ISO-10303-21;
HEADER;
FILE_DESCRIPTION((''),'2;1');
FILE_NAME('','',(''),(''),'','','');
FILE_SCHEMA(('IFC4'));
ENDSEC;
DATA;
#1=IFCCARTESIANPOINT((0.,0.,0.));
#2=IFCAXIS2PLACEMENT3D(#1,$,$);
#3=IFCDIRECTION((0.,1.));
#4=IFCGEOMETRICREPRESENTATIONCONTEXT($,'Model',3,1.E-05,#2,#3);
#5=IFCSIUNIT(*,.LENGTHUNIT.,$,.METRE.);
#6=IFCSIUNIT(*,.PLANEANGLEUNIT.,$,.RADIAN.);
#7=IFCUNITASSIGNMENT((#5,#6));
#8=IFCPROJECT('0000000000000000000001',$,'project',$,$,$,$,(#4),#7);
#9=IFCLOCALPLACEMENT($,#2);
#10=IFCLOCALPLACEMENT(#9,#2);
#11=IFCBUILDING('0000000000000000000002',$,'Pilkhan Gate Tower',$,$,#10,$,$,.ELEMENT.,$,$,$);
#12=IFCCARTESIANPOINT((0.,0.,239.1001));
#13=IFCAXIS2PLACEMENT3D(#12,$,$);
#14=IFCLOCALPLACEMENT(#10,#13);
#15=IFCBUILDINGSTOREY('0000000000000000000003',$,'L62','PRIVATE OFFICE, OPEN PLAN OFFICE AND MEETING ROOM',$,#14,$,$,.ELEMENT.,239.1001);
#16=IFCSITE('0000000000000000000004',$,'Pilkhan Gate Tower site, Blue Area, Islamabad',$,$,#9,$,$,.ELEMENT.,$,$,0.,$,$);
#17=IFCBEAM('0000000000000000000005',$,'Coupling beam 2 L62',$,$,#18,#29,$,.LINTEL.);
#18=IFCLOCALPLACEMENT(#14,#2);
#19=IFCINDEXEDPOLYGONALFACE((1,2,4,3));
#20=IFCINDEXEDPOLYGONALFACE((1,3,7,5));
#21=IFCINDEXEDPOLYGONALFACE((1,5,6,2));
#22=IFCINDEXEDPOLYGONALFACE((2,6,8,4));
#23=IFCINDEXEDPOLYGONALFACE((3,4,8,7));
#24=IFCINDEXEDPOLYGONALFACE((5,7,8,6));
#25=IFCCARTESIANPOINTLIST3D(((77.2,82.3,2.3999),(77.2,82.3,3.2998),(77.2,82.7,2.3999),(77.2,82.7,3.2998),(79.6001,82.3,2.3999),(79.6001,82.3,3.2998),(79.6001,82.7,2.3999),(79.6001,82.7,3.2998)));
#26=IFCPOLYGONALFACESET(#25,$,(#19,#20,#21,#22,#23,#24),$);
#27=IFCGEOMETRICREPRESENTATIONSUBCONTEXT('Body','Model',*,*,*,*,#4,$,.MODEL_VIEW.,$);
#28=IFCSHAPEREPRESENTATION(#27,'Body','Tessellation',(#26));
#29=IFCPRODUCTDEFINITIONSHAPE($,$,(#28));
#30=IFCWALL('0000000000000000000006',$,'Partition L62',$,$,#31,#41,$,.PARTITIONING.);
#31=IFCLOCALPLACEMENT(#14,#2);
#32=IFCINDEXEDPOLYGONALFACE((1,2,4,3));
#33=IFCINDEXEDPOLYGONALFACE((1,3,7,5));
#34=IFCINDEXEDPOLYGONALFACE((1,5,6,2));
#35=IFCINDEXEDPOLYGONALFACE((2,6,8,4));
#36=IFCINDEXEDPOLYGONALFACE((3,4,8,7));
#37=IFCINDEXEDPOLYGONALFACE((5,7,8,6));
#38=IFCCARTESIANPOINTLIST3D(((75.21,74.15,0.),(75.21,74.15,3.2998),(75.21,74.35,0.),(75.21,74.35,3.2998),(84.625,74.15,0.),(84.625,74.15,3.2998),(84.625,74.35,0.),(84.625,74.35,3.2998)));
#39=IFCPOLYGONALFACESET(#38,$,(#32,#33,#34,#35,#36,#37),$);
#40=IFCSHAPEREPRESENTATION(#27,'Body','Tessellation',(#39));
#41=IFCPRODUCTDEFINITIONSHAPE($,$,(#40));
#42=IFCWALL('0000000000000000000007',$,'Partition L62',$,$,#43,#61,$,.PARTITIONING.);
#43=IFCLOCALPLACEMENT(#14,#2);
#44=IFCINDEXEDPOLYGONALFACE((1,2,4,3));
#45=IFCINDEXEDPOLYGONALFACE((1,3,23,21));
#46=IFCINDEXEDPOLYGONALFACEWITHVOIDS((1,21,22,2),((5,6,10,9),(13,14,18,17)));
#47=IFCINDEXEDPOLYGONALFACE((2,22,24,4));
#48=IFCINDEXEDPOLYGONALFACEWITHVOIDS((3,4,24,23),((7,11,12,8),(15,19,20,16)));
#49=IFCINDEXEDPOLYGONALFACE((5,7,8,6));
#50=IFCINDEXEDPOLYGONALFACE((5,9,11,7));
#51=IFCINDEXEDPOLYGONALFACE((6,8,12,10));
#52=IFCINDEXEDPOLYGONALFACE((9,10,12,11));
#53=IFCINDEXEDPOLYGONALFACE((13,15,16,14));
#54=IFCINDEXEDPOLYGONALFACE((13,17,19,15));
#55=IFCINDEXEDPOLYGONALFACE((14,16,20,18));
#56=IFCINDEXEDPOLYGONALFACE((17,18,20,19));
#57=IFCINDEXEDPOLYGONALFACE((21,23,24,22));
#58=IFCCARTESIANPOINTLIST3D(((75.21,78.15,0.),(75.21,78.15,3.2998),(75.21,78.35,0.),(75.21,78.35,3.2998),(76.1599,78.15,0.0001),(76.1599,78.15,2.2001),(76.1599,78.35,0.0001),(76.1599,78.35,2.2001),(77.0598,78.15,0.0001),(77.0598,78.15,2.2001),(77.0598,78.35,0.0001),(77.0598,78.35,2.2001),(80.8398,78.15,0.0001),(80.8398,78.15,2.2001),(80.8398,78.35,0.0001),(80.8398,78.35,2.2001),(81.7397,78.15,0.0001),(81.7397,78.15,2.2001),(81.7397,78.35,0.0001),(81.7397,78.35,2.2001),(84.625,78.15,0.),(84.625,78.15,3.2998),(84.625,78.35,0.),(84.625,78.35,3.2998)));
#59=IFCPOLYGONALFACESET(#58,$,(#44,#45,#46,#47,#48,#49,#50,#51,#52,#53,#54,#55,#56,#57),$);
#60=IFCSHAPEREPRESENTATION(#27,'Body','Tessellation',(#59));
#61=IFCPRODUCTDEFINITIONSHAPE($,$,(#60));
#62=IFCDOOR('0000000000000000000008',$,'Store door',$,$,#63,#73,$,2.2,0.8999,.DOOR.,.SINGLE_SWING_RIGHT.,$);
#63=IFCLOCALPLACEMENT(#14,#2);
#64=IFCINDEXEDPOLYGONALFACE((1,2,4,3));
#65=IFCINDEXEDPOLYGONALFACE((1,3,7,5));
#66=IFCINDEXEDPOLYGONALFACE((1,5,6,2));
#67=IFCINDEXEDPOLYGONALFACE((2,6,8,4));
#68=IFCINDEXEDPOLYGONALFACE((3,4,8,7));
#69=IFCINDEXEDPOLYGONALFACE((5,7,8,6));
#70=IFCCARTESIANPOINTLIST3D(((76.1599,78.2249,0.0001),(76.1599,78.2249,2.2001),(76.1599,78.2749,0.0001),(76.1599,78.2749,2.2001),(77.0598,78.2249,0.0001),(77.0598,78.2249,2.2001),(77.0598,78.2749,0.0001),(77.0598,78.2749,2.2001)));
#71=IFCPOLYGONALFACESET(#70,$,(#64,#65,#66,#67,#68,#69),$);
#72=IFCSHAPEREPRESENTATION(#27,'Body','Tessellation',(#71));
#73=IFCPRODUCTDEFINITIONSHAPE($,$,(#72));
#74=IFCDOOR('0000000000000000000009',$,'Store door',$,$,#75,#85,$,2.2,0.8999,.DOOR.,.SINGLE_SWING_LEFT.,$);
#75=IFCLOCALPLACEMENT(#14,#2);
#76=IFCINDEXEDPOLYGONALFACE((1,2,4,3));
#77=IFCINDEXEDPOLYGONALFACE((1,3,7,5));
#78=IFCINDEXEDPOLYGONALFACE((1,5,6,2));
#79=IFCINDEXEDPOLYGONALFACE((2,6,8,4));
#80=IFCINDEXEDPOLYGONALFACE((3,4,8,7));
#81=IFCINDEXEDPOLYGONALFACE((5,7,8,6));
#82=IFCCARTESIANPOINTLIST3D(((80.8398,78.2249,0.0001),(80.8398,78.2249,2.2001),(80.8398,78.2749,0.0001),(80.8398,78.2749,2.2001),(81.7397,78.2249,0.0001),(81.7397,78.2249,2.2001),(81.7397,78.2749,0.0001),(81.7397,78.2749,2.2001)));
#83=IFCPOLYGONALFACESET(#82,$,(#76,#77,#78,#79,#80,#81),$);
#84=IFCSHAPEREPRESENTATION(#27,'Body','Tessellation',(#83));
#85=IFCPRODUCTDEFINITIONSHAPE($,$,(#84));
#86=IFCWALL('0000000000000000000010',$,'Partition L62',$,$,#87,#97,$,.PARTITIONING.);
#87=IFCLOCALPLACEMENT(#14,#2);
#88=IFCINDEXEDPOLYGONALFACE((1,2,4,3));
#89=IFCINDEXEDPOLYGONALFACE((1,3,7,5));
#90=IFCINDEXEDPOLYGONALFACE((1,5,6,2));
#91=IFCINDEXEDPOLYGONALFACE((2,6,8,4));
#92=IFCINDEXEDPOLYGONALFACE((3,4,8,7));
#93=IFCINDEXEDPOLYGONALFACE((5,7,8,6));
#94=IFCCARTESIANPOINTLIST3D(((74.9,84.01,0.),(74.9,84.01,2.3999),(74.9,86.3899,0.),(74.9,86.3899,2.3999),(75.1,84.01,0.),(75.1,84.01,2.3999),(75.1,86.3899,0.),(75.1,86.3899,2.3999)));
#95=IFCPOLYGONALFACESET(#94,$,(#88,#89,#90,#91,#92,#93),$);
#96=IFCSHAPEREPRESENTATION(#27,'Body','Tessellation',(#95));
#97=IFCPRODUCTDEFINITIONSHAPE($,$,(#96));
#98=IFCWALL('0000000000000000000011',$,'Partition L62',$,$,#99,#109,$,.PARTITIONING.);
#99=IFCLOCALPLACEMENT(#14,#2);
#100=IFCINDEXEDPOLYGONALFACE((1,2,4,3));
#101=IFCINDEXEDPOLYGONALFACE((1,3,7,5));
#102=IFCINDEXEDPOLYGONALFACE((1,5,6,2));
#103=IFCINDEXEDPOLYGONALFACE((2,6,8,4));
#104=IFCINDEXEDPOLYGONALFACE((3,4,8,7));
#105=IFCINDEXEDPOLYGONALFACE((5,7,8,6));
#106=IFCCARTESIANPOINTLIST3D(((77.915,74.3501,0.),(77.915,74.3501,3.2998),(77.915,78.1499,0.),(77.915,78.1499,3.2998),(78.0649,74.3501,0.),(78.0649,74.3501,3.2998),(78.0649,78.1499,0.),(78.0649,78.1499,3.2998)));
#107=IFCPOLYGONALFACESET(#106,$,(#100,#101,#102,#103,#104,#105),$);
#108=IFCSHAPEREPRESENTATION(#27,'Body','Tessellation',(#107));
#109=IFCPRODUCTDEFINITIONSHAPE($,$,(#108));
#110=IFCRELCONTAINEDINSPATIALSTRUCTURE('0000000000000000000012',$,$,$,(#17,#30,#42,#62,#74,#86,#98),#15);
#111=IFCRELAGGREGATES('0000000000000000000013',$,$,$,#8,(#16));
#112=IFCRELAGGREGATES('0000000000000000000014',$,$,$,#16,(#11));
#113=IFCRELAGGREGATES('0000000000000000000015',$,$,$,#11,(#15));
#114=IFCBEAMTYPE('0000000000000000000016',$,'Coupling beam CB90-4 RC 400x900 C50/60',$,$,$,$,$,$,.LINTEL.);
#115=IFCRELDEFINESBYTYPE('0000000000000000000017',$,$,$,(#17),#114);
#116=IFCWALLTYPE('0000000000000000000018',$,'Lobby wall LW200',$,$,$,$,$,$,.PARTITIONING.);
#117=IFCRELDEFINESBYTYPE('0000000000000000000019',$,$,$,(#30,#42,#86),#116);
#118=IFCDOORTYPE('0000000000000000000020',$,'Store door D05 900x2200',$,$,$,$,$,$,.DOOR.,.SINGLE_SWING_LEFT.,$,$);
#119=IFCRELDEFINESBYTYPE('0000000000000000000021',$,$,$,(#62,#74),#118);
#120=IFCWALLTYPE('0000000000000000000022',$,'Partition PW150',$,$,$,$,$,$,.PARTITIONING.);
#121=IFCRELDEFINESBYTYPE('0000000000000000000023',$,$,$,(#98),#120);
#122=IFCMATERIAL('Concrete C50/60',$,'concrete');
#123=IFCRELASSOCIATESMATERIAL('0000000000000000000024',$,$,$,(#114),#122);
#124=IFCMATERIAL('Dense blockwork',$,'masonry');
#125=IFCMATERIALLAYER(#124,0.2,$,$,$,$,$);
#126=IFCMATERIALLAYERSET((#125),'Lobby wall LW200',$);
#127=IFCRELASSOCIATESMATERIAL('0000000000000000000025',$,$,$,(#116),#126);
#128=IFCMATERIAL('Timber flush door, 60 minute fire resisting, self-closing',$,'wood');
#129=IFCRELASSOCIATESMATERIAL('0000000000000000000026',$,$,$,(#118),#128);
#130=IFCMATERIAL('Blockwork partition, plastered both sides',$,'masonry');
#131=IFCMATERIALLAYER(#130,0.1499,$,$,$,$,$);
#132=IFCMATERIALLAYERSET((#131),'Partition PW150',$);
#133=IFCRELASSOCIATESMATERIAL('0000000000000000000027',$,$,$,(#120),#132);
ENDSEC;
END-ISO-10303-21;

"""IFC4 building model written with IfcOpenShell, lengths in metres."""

from ifc_helpers import new_model, si_unit, direction, frame, frame_2d, origin, origin_2d, place, context, subcontext, project, spatial, rectangle, extrude, material, layer, layer_set, material_profile, profile_set, type_object, element, fill, save


model = new_model("IFC4")

# Units and contexts
model_context = context("Model", 3, precision=1e-05, world=origin(), true_north=direction((0.0, 1.0)))
body_context = subcontext(model_context, "Body", "Model", "MODEL_VIEW")
ifc_project = project(units=[si_unit("LENGTHUNIT", "METRE"), si_unit("PLANEANGLEUNIT", "RADIAN")], contexts=[model_context])

# Site, building, storey
site_placement = place(None, origin())
site = spatial("IfcSite", under=ifc_project, at=site_placement, Name="Pilkhan Gate Tower site, Blue Area, Islamabad", CompositionType="ELEMENT", RefElevation=0.0)
building_placement = place(site_placement, origin())
building = spatial("IfcBuilding", under=site, at=building_placement, Name="Pilkhan Gate Tower", CompositionType="ELEMENT")
storey_placement = place(building_placement, frame((0.0, 0.0, 239.1001)))
storey = spatial("IfcBuildingStorey", under=building, at=storey_placement, Name="L62", Description="PRIVATE OFFICE, OPEN PLAN OFFICE AND MEETING ROOM", CompositionType="ELEMENT", Elevation=239.1001)

# Beam
ifc_material_1 = material(Name="Concrete C50/60", Category="concrete")
ifc_material_profile = material_profile(ifc_material_1, rectangle(XDim=0.3999, YDim=0.8999, at=origin_2d()), Name="RC 400x900")
ifc_profile_set = profile_set([ifc_material_profile], Name="Concrete C50/60")
beam_type = type_object("IfcBeamType", Name="Coupling beam CB90-4 RC 400x900 C50/60", PredefinedType="LINTEL", material=ifc_profile_set)
beam_placement = place(storey_placement, frame((77.2, 82.5, 2.8499), z_axis=(1.0, 0.0, 0.0), x_axis=(0.0, 1.0, 0.0)))
element("IfcBeam", 1, at=beam_placement, inside=storey, type_object=beam_type, Name="Coupling beam 2 L62", PredefinedType="LINTEL", context=body_context, shape_type="SweptSolid", body=[
    extrude(rectangle(XDim=0.3999, YDim=0.8999, at=origin_2d()), origin(), (0.0, 0.0, 1.0), 2.4001),
])

# Wall
ifc_material_2 = material(Name="Dense blockwork", Category="masonry")
ifc_layer_1 = layer(ifc_material_2, 0.2)
ifc_layer_set_1 = layer_set([ifc_layer_1], Name="Lobby wall LW200")
wall_type_1 = type_object("IfcWallType", Name="Lobby wall LW200", PredefinedType="PARTITIONING", material=ifc_layer_set_1)
wall_1_placement = place(storey_placement, frame((75.21, 74.25, 0.0), z_axis=(0.0, 0.0, 1.0), x_axis=(1.0, 0.0, 0.0)))
element("IfcWall", 2, at=wall_1_placement, inside=storey, type_object=wall_type_1, Name="Partition L62", PredefinedType="PARTITIONING", context=body_context, shape_type="SweptSolid", body=[
    extrude(rectangle(XDim=9.415, YDim=0.2, at=frame_2d((4.7075, 0.0))), origin(), (0.0, 0.0, 1.0), 3.2998),
])

# Wall, openings, doors
wall_2_placement = place(storey_placement, frame((75.21, 78.25, 0.0), z_axis=(0.0, 0.0, 1.0), x_axis=(1.0, 0.0, 0.0)))
wall_2 = element("IfcWall", 3, at=wall_2_placement, inside=storey, type_object=wall_type_1, Name="Partition L62", PredefinedType="PARTITIONING", context=body_context, shape_type="SweptSolid", body=[
    extrude(rectangle(XDim=9.415, YDim=0.2, at=frame_2d((4.7075, 0.0))), origin(), (0.0, 0.0, 1.0), 3.2998),
])
opening_1_placement = place(wall_2_placement, frame((0.95, 0.0, 0.0)))
opening_1 = element("IfcOpeningElement", 4, at=opening_1_placement, cuts=wall_2, PredefinedType="OPENING", context=body_context, shape_type="SweptSolid", body=[
    extrude(rectangle(XDim=0.8999, YDim=2.2, at=frame_2d((0.45, 1.1001))), frame((0.0, 0.1099, 0.0), z_axis=(0.0, -1.0, 0.0), x_axis=(1.0, 0.0, 0.0)), (0.0, 0.0, 1.0), 0.22),
])
opening_2_placement = place(wall_2_placement, frame((5.6299, 0.0, 0.0)))
opening_2 = element("IfcOpeningElement", 5, at=opening_2_placement, cuts=wall_2, PredefinedType="OPENING", context=body_context, shape_type="SweptSolid", body=[
    extrude(rectangle(XDim=0.8999, YDim=2.2, at=frame_2d((0.45, 1.1001))), frame((0.0, 0.1099, 0.0), z_axis=(0.0, -1.0, 0.0), x_axis=(1.0, 0.0, 0.0)), (0.0, 0.0, 1.0), 0.22),
])
ifc_material_3 = material(Name="Timber flush door, 60 minute fire resisting, self-closing", Category="wood")
door_type_1 = type_object("IfcDoorType", Name="Store door D05 900x2200", OperationType="SINGLE_SWING_LEFT", PredefinedType="DOOR", material=ifc_material_3)
door_1_placement = place(opening_1_placement, origin())
door_1 = element("IfcDoor", 6, at=door_1_placement, inside=storey, type_object=door_type_1, Name="Store door", OperationType="SINGLE_SWING_RIGHT", OverallHeight=2.2, OverallWidth=0.8999, PredefinedType="DOOR", context=body_context, shape_type="SweptSolid", body=[
    extrude(rectangle(XDim=0.8999, YDim=2.2, at=frame_2d((0.45, 1.1001))), frame((0.0, 0.0249, 0.0), z_axis=(0.0, -1.0, 0.0), x_axis=(1.0, 0.0, 0.0)), (0.0, 0.0, 1.0), 0.05),
])
fill(opening_1, door_1)
door_2_placement = place(opening_2_placement, origin())
door_2 = element("IfcDoor", 7, at=door_2_placement, inside=storey, type_object=door_type_1, Name="Store door", OperationType="SINGLE_SWING_LEFT", OverallHeight=2.2, OverallWidth=0.8999, PredefinedType="DOOR", context=body_context, shape_type="SweptSolid", body=[
    extrude(rectangle(XDim=0.8999, YDim=2.2, at=frame_2d((0.45, 1.1001))), frame((0.0, 0.0249, 0.0), z_axis=(0.0, -1.0, 0.0), x_axis=(1.0, 0.0, 0.0)), (0.0, 0.0, 1.0), 0.05),
])
fill(opening_2, door_2)

# Walls
wall_3_placement = place(storey_placement, frame((75.0, 84.01, 0.0), z_axis=(0.0, 0.0, 1.0), x_axis=(0.0, 1.0, 0.0)))
element("IfcWall", 8, at=wall_3_placement, inside=storey, type_object=wall_type_1, Name="Partition L62", PredefinedType="PARTITIONING", context=body_context, shape_type="SweptSolid", body=[
    extrude(rectangle(XDim=2.3799, YDim=0.2, at=frame_2d((1.1899, 0.0))), origin(), (0.0, 0.0, 1.0), 2.3999),
])
ifc_material_4 = material(Name="Blockwork partition, plastered both sides", Category="masonry")
ifc_layer_2 = layer(ifc_material_4, 0.1499)
ifc_layer_set_2 = layer_set([ifc_layer_2], Name="Partition PW150")
wall_type_2 = type_object("IfcWallType", Name="Partition PW150", PredefinedType="PARTITIONING", material=ifc_layer_set_2)
wall_4_placement = place(storey_placement, frame((77.99, 74.3501, 0.0), z_axis=(0.0, 0.0, 1.0), x_axis=(0.0, 1.0, 0.0)))
element("IfcWall", 9, at=wall_4_placement, inside=storey, type_object=wall_type_2, Name="Partition L62", PredefinedType="PARTITIONING", context=body_context, shape_type="SweptSolid", body=[
    extrude(rectangle(XDim=3.7998, YDim=0.1499, at=frame_2d((1.8999, 0.0))), origin(), (0.0, 0.0, 1.0), 3.2998),
])

save(model, "model.ifc")
